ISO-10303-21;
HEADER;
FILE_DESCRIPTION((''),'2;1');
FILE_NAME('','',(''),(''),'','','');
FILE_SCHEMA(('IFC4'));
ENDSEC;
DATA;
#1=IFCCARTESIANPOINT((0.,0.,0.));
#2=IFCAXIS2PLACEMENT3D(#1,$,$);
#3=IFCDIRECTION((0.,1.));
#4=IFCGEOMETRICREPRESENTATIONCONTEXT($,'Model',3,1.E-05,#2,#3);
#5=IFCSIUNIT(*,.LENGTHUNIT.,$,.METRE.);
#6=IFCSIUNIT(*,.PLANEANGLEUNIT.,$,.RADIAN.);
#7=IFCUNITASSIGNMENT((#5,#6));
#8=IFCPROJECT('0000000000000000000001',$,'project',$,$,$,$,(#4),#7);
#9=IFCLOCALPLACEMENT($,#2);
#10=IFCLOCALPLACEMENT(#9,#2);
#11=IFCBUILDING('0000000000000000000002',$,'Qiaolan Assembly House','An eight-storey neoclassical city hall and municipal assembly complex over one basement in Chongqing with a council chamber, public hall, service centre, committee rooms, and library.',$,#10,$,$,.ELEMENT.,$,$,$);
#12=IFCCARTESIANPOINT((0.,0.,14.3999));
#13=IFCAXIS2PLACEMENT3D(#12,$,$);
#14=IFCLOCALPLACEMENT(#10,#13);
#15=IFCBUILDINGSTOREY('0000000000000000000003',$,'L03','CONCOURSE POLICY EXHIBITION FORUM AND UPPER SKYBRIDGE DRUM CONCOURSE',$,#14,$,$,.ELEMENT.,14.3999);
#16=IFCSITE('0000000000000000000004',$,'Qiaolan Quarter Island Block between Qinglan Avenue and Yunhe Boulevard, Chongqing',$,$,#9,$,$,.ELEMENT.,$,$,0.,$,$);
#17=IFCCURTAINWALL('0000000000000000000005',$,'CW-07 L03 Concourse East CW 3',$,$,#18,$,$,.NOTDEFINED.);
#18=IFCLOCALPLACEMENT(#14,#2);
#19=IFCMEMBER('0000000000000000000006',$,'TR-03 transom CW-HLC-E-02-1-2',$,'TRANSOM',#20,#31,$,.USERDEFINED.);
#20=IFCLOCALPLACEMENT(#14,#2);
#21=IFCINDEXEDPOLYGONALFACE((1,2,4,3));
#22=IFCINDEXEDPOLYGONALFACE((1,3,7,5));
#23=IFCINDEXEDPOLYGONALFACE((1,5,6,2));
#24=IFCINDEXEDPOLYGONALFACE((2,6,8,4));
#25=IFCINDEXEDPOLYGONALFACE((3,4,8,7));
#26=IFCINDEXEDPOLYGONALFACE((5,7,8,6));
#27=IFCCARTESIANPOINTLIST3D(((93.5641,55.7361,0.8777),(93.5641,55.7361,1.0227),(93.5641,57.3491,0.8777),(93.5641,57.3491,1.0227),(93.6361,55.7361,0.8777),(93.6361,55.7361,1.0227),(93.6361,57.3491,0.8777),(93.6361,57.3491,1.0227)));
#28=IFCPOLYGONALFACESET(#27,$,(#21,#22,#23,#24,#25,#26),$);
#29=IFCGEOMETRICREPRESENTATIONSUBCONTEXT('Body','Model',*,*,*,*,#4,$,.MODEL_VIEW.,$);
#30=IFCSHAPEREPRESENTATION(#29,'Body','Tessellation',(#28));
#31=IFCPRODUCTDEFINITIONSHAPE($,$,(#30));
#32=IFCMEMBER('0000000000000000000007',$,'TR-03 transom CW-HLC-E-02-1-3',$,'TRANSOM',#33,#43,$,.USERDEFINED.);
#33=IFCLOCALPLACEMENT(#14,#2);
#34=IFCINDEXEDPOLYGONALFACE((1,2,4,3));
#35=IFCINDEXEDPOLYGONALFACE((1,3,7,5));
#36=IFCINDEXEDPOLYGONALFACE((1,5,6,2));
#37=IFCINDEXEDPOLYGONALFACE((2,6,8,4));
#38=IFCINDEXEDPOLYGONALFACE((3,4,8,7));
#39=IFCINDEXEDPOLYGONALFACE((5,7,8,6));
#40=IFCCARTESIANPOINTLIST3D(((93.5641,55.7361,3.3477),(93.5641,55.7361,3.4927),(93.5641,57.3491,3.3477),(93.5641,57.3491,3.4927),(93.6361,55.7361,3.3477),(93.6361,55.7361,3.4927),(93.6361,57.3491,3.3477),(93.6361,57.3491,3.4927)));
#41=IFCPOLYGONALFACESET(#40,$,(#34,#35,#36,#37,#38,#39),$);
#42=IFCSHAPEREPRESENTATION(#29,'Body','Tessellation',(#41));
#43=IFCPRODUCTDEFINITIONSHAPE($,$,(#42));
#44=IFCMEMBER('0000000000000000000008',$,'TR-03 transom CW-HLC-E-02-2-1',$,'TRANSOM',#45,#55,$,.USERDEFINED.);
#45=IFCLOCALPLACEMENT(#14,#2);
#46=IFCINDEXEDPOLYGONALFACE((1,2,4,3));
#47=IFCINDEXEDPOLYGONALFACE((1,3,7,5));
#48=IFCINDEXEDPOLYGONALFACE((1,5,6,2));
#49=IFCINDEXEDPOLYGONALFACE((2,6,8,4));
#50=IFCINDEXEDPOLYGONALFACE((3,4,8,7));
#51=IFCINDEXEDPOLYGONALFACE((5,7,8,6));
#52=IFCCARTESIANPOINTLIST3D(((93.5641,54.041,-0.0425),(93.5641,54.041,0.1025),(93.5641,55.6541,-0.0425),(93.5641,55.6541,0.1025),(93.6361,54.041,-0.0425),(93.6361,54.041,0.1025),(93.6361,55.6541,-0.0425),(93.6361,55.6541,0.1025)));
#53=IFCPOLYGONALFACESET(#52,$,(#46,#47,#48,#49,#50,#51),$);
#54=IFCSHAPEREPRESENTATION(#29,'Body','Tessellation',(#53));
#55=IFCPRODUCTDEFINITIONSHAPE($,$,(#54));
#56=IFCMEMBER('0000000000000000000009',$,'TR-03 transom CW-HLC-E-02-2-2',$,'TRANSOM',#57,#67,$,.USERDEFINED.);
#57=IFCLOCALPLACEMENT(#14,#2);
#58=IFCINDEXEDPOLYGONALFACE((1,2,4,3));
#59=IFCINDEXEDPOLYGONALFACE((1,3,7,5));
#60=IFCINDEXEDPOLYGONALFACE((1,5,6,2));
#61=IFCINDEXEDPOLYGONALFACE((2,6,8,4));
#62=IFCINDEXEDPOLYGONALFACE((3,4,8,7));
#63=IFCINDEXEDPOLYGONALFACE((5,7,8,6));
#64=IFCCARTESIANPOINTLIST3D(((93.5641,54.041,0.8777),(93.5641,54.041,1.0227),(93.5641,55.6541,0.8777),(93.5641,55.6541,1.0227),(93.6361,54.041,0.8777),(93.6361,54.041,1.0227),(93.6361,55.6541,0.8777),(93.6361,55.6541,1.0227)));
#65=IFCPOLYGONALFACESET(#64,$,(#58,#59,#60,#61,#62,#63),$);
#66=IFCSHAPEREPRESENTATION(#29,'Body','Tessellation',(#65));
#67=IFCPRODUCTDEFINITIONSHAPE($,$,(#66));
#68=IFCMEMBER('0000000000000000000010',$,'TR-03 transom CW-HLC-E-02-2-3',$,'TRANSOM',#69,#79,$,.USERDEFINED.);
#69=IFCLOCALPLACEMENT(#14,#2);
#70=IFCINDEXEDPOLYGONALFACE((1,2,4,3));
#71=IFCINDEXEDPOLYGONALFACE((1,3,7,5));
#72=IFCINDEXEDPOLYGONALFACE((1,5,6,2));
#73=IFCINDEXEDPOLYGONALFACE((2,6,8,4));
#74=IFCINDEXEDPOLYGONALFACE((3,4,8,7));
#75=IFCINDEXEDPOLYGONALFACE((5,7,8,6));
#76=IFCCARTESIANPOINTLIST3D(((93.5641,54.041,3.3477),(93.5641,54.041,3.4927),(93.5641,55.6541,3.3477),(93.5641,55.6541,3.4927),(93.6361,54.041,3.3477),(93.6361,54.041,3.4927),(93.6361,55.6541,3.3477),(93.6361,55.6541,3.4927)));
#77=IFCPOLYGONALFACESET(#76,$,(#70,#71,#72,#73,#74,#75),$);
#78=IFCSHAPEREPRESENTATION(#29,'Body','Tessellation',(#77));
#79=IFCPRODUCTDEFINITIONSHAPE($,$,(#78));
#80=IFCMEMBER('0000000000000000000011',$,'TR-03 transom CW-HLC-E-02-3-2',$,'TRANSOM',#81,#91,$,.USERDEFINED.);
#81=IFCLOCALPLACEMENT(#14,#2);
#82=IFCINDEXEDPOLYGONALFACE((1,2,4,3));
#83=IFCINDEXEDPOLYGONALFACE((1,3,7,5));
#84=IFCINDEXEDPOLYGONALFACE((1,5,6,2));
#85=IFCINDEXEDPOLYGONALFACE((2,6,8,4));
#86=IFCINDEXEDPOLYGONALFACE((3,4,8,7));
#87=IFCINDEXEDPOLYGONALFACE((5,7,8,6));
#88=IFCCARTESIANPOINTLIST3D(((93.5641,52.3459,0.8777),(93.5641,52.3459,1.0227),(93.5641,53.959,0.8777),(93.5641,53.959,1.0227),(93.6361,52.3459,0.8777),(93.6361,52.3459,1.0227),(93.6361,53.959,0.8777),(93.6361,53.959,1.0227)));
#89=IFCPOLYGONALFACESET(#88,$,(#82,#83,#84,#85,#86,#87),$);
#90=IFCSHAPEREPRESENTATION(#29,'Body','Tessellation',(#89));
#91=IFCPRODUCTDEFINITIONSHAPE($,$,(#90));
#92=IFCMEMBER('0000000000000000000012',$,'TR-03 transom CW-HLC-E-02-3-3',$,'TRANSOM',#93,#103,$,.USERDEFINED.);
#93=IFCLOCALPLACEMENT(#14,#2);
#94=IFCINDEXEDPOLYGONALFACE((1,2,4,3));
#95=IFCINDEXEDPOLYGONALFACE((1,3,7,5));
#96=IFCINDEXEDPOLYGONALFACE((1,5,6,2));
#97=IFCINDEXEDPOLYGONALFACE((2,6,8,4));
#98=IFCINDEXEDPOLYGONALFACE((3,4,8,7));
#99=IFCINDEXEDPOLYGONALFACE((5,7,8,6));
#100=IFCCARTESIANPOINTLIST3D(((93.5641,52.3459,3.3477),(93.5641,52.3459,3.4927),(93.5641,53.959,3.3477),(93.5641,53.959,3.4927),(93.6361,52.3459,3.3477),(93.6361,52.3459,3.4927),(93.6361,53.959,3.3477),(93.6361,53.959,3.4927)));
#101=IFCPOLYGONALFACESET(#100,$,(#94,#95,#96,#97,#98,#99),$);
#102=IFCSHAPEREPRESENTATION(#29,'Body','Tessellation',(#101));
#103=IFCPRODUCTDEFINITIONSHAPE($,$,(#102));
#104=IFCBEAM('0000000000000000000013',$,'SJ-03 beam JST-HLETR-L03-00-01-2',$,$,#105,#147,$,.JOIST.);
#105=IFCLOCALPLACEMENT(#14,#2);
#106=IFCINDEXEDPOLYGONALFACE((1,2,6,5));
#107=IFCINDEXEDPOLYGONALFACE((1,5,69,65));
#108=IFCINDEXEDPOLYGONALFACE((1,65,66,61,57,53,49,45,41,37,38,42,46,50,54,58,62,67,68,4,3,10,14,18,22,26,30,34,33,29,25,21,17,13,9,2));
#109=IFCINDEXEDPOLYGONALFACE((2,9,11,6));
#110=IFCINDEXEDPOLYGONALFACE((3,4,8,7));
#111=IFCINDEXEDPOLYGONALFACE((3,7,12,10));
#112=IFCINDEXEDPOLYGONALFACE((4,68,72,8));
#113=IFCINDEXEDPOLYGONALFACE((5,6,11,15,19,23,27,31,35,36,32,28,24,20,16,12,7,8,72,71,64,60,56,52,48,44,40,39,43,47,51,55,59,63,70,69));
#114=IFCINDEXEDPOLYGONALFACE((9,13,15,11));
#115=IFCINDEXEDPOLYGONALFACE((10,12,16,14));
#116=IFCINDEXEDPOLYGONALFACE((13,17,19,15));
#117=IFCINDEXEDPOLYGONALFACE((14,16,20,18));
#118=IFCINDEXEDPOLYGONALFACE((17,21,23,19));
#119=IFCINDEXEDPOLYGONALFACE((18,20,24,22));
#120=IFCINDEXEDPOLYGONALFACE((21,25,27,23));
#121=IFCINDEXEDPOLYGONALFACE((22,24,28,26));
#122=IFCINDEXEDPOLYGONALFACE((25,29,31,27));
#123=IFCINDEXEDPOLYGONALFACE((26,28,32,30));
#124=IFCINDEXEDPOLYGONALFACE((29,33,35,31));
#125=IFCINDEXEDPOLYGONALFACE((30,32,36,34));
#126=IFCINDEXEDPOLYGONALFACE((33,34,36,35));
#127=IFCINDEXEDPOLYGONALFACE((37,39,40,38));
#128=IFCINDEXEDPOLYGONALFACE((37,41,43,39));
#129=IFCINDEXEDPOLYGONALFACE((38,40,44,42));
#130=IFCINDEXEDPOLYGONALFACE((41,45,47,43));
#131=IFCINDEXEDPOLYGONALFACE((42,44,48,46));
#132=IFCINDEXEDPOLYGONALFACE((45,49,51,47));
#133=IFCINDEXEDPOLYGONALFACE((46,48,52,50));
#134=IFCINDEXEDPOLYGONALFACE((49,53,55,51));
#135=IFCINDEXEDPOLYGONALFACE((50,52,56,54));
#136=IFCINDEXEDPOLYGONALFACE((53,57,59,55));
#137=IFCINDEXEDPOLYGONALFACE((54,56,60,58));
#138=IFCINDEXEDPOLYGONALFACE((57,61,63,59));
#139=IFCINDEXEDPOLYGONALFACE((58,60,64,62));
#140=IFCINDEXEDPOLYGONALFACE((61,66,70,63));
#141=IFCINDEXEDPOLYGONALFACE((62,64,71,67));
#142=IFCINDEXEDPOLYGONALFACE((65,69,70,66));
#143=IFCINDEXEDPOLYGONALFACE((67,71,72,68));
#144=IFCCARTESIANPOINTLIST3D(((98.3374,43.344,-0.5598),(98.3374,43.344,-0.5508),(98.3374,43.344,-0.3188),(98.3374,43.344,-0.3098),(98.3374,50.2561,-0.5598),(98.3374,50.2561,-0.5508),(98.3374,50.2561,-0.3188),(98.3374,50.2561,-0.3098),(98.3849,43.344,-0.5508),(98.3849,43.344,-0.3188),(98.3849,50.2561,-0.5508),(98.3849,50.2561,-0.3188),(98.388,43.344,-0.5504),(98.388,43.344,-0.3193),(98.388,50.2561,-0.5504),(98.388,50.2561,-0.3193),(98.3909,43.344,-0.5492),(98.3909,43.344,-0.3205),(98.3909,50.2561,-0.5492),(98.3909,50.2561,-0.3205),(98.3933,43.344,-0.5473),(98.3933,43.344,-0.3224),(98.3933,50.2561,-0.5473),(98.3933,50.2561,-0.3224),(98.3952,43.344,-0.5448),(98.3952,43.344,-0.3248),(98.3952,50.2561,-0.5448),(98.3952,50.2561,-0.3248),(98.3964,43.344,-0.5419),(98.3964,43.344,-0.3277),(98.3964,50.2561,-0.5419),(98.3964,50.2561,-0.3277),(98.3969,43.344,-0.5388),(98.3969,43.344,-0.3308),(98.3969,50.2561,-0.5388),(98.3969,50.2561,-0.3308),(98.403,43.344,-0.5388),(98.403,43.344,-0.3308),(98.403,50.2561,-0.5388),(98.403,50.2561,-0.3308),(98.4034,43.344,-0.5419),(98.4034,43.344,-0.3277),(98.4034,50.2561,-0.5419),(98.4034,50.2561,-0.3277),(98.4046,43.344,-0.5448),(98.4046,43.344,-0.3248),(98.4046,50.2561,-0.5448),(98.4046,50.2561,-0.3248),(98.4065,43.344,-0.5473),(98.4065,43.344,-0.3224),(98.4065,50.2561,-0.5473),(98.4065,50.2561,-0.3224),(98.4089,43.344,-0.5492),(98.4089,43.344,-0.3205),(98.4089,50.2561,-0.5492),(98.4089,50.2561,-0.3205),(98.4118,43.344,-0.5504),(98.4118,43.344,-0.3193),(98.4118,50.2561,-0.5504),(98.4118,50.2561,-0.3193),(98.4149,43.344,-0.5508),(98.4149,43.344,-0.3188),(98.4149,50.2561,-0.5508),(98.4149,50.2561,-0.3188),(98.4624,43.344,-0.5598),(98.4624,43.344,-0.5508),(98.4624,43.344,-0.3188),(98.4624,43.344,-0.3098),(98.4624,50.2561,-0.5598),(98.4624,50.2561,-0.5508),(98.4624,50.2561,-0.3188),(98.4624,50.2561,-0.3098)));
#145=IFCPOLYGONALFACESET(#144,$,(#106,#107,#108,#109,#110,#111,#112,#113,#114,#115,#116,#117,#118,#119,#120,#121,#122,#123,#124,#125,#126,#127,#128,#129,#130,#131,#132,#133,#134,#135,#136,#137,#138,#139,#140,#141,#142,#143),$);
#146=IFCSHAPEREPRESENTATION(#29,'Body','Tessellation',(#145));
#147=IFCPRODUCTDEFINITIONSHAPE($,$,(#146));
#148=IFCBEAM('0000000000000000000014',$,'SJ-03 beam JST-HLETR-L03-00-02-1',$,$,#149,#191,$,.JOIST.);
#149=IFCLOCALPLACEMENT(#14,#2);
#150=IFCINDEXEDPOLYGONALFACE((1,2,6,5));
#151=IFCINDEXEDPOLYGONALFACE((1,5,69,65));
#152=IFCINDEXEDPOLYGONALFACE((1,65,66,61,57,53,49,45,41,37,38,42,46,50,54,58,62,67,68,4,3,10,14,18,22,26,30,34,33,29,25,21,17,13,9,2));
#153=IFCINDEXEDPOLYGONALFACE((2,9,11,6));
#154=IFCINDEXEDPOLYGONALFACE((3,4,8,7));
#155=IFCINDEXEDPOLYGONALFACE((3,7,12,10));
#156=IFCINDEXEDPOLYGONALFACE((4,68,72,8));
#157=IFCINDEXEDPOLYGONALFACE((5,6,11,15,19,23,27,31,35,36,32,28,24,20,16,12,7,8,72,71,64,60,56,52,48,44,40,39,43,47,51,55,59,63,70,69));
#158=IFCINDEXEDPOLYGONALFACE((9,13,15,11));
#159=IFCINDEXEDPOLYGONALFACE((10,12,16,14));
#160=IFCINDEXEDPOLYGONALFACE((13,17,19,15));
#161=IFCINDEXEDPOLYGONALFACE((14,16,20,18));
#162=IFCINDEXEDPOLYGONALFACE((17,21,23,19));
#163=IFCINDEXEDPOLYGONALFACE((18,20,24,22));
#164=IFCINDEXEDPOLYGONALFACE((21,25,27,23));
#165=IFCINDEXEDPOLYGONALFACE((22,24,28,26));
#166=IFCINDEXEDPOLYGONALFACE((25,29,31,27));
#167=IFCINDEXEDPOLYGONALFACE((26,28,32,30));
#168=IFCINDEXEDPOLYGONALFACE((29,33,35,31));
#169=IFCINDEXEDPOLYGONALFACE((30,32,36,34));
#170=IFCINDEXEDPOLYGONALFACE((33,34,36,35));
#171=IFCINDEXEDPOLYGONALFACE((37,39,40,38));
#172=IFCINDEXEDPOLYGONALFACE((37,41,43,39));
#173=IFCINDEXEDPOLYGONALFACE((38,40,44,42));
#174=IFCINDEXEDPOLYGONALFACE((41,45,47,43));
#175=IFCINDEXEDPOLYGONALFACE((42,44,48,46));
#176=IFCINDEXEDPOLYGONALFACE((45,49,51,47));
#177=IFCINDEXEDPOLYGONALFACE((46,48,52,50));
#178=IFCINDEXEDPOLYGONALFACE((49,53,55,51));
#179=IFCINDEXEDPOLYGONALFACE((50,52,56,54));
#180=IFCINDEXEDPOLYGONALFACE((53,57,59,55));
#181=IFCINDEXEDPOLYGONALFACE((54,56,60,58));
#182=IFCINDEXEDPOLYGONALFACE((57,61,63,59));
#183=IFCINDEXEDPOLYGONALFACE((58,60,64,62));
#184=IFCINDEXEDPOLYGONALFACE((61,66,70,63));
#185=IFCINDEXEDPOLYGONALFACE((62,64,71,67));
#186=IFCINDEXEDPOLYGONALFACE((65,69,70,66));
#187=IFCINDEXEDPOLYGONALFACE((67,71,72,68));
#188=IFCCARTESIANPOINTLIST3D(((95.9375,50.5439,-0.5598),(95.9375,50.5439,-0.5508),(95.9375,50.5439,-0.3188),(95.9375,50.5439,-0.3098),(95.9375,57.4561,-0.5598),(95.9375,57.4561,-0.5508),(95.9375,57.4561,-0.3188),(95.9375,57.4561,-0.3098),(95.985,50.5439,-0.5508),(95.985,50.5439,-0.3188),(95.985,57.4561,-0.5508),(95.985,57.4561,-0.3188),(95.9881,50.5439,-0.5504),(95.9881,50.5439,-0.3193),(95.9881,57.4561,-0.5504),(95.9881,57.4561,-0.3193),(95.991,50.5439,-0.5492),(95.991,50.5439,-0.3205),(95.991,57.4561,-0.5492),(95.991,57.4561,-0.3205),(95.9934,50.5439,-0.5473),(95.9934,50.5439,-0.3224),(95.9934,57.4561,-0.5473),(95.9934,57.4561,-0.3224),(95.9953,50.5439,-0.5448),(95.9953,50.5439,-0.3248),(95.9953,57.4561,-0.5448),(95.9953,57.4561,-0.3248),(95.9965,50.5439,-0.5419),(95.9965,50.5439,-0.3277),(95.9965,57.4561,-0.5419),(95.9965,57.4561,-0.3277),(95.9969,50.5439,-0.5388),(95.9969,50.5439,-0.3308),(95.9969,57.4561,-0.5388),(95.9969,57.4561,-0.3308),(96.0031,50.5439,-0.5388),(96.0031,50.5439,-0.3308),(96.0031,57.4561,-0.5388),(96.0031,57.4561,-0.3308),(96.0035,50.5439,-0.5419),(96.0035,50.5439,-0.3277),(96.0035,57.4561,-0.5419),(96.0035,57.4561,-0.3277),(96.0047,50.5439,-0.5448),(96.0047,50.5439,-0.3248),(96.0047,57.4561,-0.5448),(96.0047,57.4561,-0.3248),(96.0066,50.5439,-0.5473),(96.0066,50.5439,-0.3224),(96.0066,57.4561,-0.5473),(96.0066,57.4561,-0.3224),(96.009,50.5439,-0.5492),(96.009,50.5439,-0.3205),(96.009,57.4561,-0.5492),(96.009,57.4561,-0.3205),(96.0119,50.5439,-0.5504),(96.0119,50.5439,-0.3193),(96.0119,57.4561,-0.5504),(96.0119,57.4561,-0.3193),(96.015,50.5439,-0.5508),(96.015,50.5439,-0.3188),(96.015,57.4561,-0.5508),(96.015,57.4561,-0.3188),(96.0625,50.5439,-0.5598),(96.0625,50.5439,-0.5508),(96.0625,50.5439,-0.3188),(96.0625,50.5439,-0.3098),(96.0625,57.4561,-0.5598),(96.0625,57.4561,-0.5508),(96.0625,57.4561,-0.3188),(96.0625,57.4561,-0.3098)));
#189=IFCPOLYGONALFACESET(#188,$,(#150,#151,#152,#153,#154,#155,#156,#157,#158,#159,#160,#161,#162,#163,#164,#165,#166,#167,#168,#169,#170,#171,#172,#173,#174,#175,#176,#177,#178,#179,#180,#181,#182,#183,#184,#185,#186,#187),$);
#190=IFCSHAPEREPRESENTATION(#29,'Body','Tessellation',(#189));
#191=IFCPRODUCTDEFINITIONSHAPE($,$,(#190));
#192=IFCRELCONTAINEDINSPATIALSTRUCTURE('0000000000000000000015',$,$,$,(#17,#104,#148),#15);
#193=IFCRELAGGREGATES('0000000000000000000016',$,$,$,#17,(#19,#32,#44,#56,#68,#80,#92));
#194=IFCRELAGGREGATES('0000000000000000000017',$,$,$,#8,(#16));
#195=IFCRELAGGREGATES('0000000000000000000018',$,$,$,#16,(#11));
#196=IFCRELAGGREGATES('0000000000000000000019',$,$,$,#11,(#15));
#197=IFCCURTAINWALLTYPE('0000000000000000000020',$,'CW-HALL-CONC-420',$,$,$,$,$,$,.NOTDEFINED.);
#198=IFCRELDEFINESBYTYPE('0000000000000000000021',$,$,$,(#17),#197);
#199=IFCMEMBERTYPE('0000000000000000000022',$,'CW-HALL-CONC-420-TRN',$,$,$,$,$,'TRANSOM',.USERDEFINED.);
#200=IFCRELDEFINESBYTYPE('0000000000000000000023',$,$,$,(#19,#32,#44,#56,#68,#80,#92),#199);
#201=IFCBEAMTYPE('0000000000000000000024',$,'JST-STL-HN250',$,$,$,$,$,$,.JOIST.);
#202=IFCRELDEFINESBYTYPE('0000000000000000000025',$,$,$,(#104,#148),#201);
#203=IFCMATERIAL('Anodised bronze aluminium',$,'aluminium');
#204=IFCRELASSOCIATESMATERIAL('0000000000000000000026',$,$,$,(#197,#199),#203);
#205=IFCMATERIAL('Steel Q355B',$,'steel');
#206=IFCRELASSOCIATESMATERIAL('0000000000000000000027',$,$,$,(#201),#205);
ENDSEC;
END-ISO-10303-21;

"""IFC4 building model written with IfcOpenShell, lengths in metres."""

from ifc_helpers import new_model, si_unit, direction, frame, origin, origin_2d, place, context, subcontext, project, spatial, rectangle, i_section, extrude, material, material_profile, profile_set, type_object, element, aggregate, save


model = new_model("IFC4")

# Units and contexts
model_context = context("Model", 3, precision=1e-05, world=origin(), true_north=direction((0.0, 1.0)))
body_context = subcontext(model_context, "Body", "Model", "MODEL_VIEW")
ifc_project = project(units=[si_unit("LENGTHUNIT", "METRE"), si_unit("PLANEANGLEUNIT", "RADIAN")], contexts=[model_context])

# Site, building, storey
site_placement = place(None, origin())
site = spatial("IfcSite", under=ifc_project, at=site_placement, Name="Qiaolan Quarter Island Block between Qinglan Avenue and Yunhe Boulevard, Chongqing", CompositionType="ELEMENT", RefElevation=0.0)
building_placement = place(site_placement, origin())
building = spatial("IfcBuilding", under=site, at=building_placement, Name="Qiaolan Assembly House", Description="An eight-storey neoclassical city hall and municipal assembly complex over one basement in Chongqing with a council chamber, public hall, service centre, committee rooms, and library.", CompositionType="ELEMENT")
storey_placement = place(building_placement, frame((0.0, 0.0, 14.3999)))
storey = spatial("IfcBuildingStorey", under=building, at=storey_placement, Name="L03", Description="CONCOURSE POLICY EXHIBITION FORUM AND UPPER SKYBRIDGE DRUM CONCOURSE", CompositionType="ELEMENT", Elevation=14.3999)

# Shared definitions
ifc_material_1 = material(Name="Steel Q355B", Category="steel")

# Curtain wall, members
ifc_material_2 = material(Name="Anodised bronze aluminium", Category="aluminium")
curtain_wall_type = type_object("IfcCurtainWallType", Name="CW-HALL-CONC-420", PredefinedType="NOTDEFINED", material=ifc_material_2)
curtain_wall_placement = place(storey_placement, origin())
curtain_wall = element("IfcCurtainWall", 1, at=curtain_wall_placement, inside=storey, type_object=curtain_wall_type, Name="CW-07 L03 Concourse East CW 3", PredefinedType="NOTDEFINED")
ifc_material_profile_1 = material_profile(ifc_material_2, rectangle(XDim=0.072, YDim=0.145, at=origin_2d()), Name="TRN 72x145")
ifc_profile_set_1 = profile_set([ifc_material_profile_1], Name="Anodised bronze aluminium")
member_type_1 = type_object("IfcMemberType", Name="CW-HALL-CONC-420-TRN", ElementType="TRANSOM", PredefinedType="USERDEFINED", material=ifc_profile_set_1)
member_1_placement = place(storey_placement, frame((93.6001, 57.3491, 0.9502), z_axis=(0.0, -1.0, 0.0), x_axis=(1.0, 0.0, 0.0)))
member_1 = element("IfcMember", 2, at=member_1_placement, type_object=member_type_1, Name="TR-03 transom CW-HLC-E-02-1-2", ObjectType="TRANSOM", PredefinedType="USERDEFINED", context=body_context, shape_type="SweptSolid", body=[
    extrude(rectangle(XDim=0.072, YDim=0.145, at=origin_2d()), origin(), (0.0, 0.0, 1.0), 1.613),
])
member_2_placement = place(storey_placement, frame((93.6001, 57.3491, 3.4202), z_axis=(0.0, -1.0, 0.0), x_axis=(1.0, 0.0, 0.0)))
member_2 = element("IfcMember", 3, at=member_2_placement, type_object=member_type_1, Name="TR-03 transom CW-HLC-E-02-1-3", ObjectType="TRANSOM", PredefinedType="USERDEFINED", context=body_context, shape_type="SweptSolid", body=[
    extrude(rectangle(XDim=0.072, YDim=0.145, at=origin_2d()), origin(), (0.0, 0.0, 1.0), 1.613),
])
member_3_placement = place(storey_placement, frame((93.6001, 55.6541, 0.03), z_axis=(0.0, -1.0, 0.0), x_axis=(1.0, 0.0, 0.0)))
member_3 = element("IfcMember", 4, at=member_3_placement, type_object=member_type_1, Name="TR-03 transom CW-HLC-E-02-2-1", ObjectType="TRANSOM", PredefinedType="USERDEFINED", context=body_context, shape_type="SweptSolid", body=[
    extrude(rectangle(XDim=0.072, YDim=0.145, at=origin_2d()), origin(), (0.0, 0.0, 1.0), 1.613),
])
member_4_placement = place(storey_placement, frame((93.6001, 55.6541, 0.9502), z_axis=(0.0, -1.0, 0.0), x_axis=(1.0, 0.0, 0.0)))
member_4 = element("IfcMember", 5, at=member_4_placement, type_object=member_type_1, Name="TR-03 transom CW-HLC-E-02-2-2", ObjectType="TRANSOM", PredefinedType="USERDEFINED", context=body_context, shape_type="SweptSolid", body=[
    extrude(rectangle(XDim=0.072, YDim=0.145, at=origin_2d()), origin(), (0.0, 0.0, 1.0), 1.613),
])
member_5_placement = place(storey_placement, frame((93.6001, 55.6541, 3.4202), z_axis=(0.0, -1.0, 0.0), x_axis=(1.0, 0.0, 0.0)))
member_5 = element("IfcMember", 6, at=member_5_placement, type_object=member_type_1, Name="TR-03 transom CW-HLC-E-02-2-3", ObjectType="TRANSOM", PredefinedType="USERDEFINED", context=body_context, shape_type="SweptSolid", body=[
    extrude(rectangle(XDim=0.072, YDim=0.145, at=origin_2d()), origin(), (0.0, 0.0, 1.0), 1.613),
])
member_6_placement = place(storey_placement, frame((93.6001, 53.959, 0.9502), z_axis=(0.0, -1.0, 0.0), x_axis=(1.0, 0.0, 0.0)))
member_6 = element("IfcMember", 7, at=member_6_placement, type_object=member_type_1, Name="TR-03 transom CW-HLC-E-02-3-2", ObjectType="TRANSOM", PredefinedType="USERDEFINED", context=body_context, shape_type="SweptSolid", body=[
    extrude(rectangle(XDim=0.072, YDim=0.145, at=origin_2d()), origin(), (0.0, 0.0, 1.0), 1.613),
])
member_7_placement = place(storey_placement, frame((93.6001, 53.959, 3.4202), z_axis=(0.0, -1.0, 0.0), x_axis=(1.0, 0.0, 0.0)))
member_7 = element("IfcMember", 8, at=member_7_placement, type_object=member_type_1, Name="TR-03 transom CW-HLC-E-02-3-3", ObjectType="TRANSOM", PredefinedType="USERDEFINED", context=body_context, shape_type="SweptSolid", body=[
    extrude(rectangle(XDim=0.072, YDim=0.145, at=origin_2d()), origin(), (0.0, 0.0, 1.0), 1.613),
])

# Beams
ifc_material_profile_2 = material_profile(ifc_material_1, i_section(OverallWidth=0.125, OverallDepth=0.25, WebThickness=0.0061, FlangeThickness=0.009, FilletRadius=0.012, at=origin_2d()), Name="HN 250x125x6x9")
ifc_profile_set_2 = profile_set([ifc_material_profile_2], Name="Steel Q355B")
beam_type_1 = type_object("IfcBeamType", Name="JST-STL-HN250", PredefinedType="JOIST", material=ifc_profile_set_2)
for number, where, z_axis, x_axis, name in (
    (9, (98.3999, 43.344, -0.4348), (0.0, 1.0, 0.0), (-1.0, 0.0, 0.0), "SJ-03 beam JST-HLETR-L03-00-01-2"),
    (10, (96.0, 50.5439, -0.4348), (0.0, 1.0, 0.0), (-1.0, 0.0, 0.0), "SJ-03 beam JST-HLETR-L03-00-02-1"),
):
    element("IfcBeam", number, at=place(storey_placement, frame(where, z_axis=z_axis, x_axis=x_axis)), inside=storey, type_object=beam_type_1, Name=name, PredefinedType="JOIST", context=body_context, shape_type="SweptSolid", body=[
        extrude(i_section(OverallWidth=0.125, OverallDepth=0.25, WebThickness=0.0061, FlangeThickness=0.009, FilletRadius=0.012, at=origin_2d()), origin(), (0.0, 0.0, 1.0), 6.9121),
    ])

aggregate(curtain_wall, [member_1, member_2, member_3, member_4, member_5, member_6, member_7])

save(model, "model.ifc")
